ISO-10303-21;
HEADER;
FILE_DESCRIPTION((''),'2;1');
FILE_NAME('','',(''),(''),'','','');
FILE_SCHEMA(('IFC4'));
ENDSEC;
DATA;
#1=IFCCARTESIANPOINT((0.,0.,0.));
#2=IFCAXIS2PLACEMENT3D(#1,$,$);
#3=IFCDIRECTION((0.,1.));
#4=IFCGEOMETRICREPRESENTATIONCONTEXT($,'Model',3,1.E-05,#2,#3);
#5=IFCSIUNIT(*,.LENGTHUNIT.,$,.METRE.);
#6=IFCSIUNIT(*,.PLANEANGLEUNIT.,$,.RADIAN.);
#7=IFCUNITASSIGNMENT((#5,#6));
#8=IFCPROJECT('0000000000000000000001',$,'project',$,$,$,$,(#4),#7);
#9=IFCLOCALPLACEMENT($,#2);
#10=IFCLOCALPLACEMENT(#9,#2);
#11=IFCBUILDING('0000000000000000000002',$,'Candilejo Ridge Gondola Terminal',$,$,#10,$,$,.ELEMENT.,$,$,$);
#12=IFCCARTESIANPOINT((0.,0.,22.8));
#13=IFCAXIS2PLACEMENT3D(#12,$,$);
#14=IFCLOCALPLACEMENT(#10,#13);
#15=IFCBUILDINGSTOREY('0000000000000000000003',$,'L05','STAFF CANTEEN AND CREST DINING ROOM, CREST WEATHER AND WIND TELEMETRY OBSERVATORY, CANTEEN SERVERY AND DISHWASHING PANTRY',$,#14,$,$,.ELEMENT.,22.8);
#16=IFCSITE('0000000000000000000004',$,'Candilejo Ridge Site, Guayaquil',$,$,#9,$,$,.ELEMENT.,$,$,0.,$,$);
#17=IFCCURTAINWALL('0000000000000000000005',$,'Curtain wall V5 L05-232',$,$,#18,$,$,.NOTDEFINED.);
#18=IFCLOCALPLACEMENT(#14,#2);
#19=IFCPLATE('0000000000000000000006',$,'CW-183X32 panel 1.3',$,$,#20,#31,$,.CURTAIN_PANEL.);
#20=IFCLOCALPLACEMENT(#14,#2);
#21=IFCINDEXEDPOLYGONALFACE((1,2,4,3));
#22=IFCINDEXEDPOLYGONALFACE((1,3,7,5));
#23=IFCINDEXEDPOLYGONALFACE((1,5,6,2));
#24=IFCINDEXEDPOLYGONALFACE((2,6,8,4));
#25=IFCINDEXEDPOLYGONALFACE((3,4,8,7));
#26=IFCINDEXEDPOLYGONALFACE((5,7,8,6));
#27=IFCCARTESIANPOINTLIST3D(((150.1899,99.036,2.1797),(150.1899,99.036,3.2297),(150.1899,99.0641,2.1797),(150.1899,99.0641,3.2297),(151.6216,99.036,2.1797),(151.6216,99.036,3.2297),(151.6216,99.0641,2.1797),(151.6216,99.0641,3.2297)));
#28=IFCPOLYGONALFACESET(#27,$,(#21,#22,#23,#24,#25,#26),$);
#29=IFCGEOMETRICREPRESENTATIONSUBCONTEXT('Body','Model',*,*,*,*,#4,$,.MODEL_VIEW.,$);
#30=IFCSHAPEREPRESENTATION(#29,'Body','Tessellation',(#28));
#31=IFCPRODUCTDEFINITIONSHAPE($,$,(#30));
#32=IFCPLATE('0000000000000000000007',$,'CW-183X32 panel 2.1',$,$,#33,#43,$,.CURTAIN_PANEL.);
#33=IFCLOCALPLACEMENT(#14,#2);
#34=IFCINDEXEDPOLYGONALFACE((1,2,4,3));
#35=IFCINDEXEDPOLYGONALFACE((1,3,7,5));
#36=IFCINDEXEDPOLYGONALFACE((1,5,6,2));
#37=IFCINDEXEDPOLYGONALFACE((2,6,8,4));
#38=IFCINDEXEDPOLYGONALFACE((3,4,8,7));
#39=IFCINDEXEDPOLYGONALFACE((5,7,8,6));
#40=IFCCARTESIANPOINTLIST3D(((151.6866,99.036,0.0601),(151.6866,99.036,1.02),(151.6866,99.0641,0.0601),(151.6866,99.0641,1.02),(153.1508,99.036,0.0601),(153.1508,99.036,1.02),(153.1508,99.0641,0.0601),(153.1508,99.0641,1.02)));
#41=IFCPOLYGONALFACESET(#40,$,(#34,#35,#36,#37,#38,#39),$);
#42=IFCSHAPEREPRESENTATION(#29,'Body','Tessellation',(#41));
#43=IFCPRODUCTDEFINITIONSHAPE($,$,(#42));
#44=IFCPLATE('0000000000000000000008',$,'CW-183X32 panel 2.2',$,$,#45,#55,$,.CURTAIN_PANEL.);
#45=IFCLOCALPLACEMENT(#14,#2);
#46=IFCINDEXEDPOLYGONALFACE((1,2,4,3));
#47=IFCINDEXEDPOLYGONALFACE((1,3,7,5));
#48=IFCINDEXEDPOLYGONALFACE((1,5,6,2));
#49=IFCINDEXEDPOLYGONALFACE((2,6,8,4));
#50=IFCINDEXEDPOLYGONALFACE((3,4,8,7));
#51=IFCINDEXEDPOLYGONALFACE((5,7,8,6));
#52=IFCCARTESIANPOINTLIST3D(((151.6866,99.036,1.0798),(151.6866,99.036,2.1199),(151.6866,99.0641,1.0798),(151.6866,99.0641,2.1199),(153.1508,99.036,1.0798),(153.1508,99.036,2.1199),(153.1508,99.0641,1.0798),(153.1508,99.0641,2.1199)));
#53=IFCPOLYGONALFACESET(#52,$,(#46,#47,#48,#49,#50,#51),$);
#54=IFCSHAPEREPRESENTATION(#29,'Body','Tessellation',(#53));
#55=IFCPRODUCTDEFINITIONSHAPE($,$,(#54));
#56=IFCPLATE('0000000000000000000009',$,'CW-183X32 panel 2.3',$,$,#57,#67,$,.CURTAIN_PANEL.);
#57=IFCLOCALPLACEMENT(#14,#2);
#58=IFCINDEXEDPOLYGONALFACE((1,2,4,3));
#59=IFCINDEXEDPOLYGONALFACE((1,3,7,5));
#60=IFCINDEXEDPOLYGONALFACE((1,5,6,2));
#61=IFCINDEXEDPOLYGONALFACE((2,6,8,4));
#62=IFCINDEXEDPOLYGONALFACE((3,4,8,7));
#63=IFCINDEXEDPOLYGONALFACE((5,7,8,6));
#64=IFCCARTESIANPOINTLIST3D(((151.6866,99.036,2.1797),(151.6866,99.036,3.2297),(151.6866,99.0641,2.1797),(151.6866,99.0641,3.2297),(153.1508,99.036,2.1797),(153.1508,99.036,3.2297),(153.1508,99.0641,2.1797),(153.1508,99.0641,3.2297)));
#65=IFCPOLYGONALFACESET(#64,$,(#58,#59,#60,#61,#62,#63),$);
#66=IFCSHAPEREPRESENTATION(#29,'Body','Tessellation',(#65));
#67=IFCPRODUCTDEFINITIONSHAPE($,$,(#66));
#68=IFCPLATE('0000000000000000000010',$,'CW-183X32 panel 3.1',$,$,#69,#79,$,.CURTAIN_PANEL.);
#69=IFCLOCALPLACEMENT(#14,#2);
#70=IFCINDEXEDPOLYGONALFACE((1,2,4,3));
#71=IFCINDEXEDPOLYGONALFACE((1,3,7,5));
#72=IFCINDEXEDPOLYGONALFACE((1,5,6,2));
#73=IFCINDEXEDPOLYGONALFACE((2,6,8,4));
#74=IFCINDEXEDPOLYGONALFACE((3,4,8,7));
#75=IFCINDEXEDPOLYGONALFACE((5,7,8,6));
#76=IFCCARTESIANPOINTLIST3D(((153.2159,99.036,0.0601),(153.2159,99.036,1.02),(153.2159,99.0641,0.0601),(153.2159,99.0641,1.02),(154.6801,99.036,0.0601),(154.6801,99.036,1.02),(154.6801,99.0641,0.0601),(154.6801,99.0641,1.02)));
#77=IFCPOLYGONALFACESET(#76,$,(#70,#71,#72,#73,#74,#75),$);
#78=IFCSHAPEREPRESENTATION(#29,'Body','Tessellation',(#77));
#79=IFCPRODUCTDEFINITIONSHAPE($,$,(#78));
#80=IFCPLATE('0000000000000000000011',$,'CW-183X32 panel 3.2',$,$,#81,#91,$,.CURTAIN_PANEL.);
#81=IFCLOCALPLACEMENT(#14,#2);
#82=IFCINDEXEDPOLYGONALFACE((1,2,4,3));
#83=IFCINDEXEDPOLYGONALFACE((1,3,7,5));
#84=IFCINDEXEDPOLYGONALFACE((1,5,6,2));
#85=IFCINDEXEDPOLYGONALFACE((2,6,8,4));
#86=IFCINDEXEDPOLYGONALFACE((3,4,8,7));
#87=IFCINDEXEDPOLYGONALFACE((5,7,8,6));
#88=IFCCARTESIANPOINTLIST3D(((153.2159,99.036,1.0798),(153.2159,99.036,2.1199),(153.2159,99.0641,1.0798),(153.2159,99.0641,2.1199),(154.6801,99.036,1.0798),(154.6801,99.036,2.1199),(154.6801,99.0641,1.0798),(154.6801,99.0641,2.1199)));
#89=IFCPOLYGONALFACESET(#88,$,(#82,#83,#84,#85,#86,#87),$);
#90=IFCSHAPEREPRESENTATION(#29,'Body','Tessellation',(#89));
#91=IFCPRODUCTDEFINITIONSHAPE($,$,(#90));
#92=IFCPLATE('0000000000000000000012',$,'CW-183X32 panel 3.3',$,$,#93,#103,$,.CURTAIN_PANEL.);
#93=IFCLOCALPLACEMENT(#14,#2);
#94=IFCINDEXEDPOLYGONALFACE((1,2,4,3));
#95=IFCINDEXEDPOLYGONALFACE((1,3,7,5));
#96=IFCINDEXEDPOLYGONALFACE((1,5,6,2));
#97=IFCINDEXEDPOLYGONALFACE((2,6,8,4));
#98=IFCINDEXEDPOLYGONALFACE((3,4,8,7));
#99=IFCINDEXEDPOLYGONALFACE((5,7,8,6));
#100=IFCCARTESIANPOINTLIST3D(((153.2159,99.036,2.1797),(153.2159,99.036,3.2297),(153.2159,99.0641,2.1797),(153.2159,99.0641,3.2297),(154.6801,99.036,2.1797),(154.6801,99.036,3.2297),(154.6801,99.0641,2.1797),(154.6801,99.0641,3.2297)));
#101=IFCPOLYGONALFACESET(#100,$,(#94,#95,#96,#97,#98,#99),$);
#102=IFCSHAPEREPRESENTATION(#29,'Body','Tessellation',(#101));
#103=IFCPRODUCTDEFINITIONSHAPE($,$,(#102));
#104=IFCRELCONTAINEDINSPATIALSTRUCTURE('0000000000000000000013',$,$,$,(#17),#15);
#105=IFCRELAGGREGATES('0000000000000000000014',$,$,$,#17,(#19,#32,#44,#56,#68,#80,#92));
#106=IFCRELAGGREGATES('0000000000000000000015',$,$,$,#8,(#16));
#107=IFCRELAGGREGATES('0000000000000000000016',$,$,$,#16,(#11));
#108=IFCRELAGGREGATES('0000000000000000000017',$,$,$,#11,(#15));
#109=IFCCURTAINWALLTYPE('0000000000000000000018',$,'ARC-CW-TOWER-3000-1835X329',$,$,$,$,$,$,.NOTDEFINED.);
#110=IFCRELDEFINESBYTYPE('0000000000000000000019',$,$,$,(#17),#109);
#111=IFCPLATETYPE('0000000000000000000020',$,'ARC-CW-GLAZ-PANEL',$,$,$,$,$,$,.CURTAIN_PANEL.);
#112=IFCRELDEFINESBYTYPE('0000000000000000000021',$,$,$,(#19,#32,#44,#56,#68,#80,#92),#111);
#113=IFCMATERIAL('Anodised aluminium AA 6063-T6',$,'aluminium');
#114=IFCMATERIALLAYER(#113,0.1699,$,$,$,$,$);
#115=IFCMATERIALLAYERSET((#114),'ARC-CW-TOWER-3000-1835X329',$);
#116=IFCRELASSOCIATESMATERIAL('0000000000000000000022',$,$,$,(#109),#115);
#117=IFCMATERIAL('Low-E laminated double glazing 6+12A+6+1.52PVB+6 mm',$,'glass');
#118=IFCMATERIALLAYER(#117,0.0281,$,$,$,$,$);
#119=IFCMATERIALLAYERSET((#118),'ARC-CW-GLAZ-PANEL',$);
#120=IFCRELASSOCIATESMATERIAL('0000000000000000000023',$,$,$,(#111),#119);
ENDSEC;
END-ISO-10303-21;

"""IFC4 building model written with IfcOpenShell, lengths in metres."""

from ifc_helpers import new_model, si_unit, direction, frame, origin, origin_2d, place, context, subcontext, project, spatial, rectangle, extrude, material, layer, layer_set, type_object, element, aggregate, save


model = new_model("IFC4")

# Units and contexts
model_context = context("Model", 3, precision=1e-05, world=origin(), true_north=direction((0.0, 1.0)))
body_context = subcontext(model_context, "Body", "Model", "MODEL_VIEW")
ifc_project = project(units=[si_unit("LENGTHUNIT", "METRE"), si_unit("PLANEANGLEUNIT", "RADIAN")], contexts=[model_context])

# Site, building, storey
site_placement = place(None, origin())
site = spatial("IfcSite", under=ifc_project, at=site_placement, Name="Candilejo Ridge Site, Guayaquil", CompositionType="ELEMENT", RefElevation=0.0)
building_placement = place(site_placement, origin())
building = spatial("IfcBuilding", under=site, at=building_placement, Name="Candilejo Ridge Gondola Terminal", CompositionType="ELEMENT")
storey_placement = place(building_placement, frame((0.0, 0.0, 22.8)))
storey = spatial("IfcBuildingStorey", under=building, at=storey_placement, Name="L05", Description="STAFF CANTEEN AND CREST DINING ROOM, CREST WEATHER AND WIND TELEMETRY OBSERVATORY, CANTEEN SERVERY AND DISHWASHING PANTRY", CompositionType="ELEMENT", Elevation=22.8)

# Curtain wall, plates
ifc_material_1 = material(Name="Anodised aluminium AA 6063-T6", Category="aluminium")
ifc_layer_1 = layer(ifc_material_1, 0.1699)
ifc_layer_set_1 = layer_set([ifc_layer_1], Name="ARC-CW-TOWER-3000-1835X329")
curtain_wall_type = type_object("IfcCurtainWallType", Name="ARC-CW-TOWER-3000-1835X329", PredefinedType="NOTDEFINED", material=ifc_layer_set_1)
curtain_wall_placement = place(storey_placement, origin())
curtain_wall = element("IfcCurtainWall", 1, at=curtain_wall_placement, inside=storey, type_object=curtain_wall_type, Name="Curtain wall V5 L05-232", PredefinedType="NOTDEFINED")
ifc_material_2 = material(Name="Low-E laminated double glazing 6+12A+6+1.52PVB+6 mm", Category="glass")
ifc_layer_2 = layer(ifc_material_2, 0.0281)
ifc_layer_set_2 = layer_set([ifc_layer_2], Name="ARC-CW-GLAZ-PANEL")
plate_type = type_object("IfcPlateType", Name="ARC-CW-GLAZ-PANEL", PredefinedType="CURTAIN_PANEL", material=ifc_layer_set_2)
plate_1_placement = place(storey_placement, frame((150.9058, 99.05, 2.1797), z_axis=(0.0, 0.0, 1.0), x_axis=(1.0, 0.0, 0.0)))
plate_1 = element("IfcPlate", 2, at=plate_1_placement, type_object=plate_type, Name="CW-183X32 panel 1.3", PredefinedType="CURTAIN_PANEL", context=body_context, shape_type="SweptSolid", body=[
    extrude(rectangle(XDim=1.4316, YDim=0.0281, at=origin_2d()), origin(), (0.0, 0.0, 1.0), 1.05),
])
plate_2_placement = place(storey_placement, frame((152.4187, 99.05, 0.0601), z_axis=(0.0, 0.0, 1.0), x_axis=(1.0, 0.0, 0.0)))
plate_2 = element("IfcPlate", 3, at=plate_2_placement, type_object=plate_type, Name="CW-183X32 panel 2.1", PredefinedType="CURTAIN_PANEL", context=body_context, shape_type="SweptSolid", body=[
    extrude(rectangle(XDim=1.4641, YDim=0.0281, at=origin_2d()), origin(), (0.0, 0.0, 1.0), 0.96),
])
plate_3_placement = place(storey_placement, frame((152.4187, 99.05, 1.0798), z_axis=(0.0, 0.0, 1.0), x_axis=(1.0, 0.0, 0.0)))
plate_3 = element("IfcPlate", 4, at=plate_3_placement, type_object=plate_type, Name="CW-183X32 panel 2.2", PredefinedType="CURTAIN_PANEL", context=body_context, shape_type="SweptSolid", body=[
    extrude(rectangle(XDim=1.4641, YDim=0.0281, at=origin_2d()), origin(), (0.0, 0.0, 1.0), 1.04),
])
plate_4_placement = place(storey_placement, frame((152.4187, 99.05, 2.1797), z_axis=(0.0, 0.0, 1.0), x_axis=(1.0, 0.0, 0.0)))
plate_4 = element("IfcPlate", 5, at=plate_4_placement, type_object=plate_type, Name="CW-183X32 panel 2.3", PredefinedType="CURTAIN_PANEL", context=body_context, shape_type="SweptSolid", body=[
    extrude(rectangle(XDim=1.4641, YDim=0.0281, at=origin_2d()), origin(), (0.0, 0.0, 1.0), 1.05),
])
plate_5_placement = place(storey_placement, frame((153.948, 99.05, 0.0601), z_axis=(0.0, 0.0, 1.0), x_axis=(1.0, 0.0, 0.0)))
plate_5 = element("IfcPlate", 6, at=plate_5_placement, type_object=plate_type, Name="CW-183X32 panel 3.1", PredefinedType="CURTAIN_PANEL", context=body_context, shape_type="SweptSolid", body=[
    extrude(rectangle(XDim=1.4641, YDim=0.0281, at=origin_2d()), origin(), (0.0, 0.0, 1.0), 0.96),
])
plate_6_placement = place(storey_placement, frame((153.948, 99.05, 1.0798), z_axis=(0.0, 0.0, 1.0), x_axis=(1.0, 0.0, 0.0)))
plate_6 = element("IfcPlate", 7, at=plate_6_placement, type_object=plate_type, Name="CW-183X32 panel 3.2", PredefinedType="CURTAIN_PANEL", context=body_context, shape_type="SweptSolid", body=[
    extrude(rectangle(XDim=1.4641, YDim=0.0281, at=origin_2d()), origin(), (0.0, 0.0, 1.0), 1.04),
])
plate_7_placement = place(storey_placement, frame((153.948, 99.05, 2.1797), z_axis=(0.0, 0.0, 1.0), x_axis=(1.0, 0.0, 0.0)))
plate_7 = element("IfcPlate", 8, at=plate_7_placement, type_object=plate_type, Name="CW-183X32 panel 3.3", PredefinedType="CURTAIN_PANEL", context=body_context, shape_type="SweptSolid", body=[
    extrude(rectangle(XDim=1.4641, YDim=0.0281, at=origin_2d()), origin(), (0.0, 0.0, 1.0), 1.05),
])
aggregate(curtain_wall, [plate_1, plate_2, plate_3, plate_4, plate_5, plate_6, plate_7])

save(model, "model.ifc")
